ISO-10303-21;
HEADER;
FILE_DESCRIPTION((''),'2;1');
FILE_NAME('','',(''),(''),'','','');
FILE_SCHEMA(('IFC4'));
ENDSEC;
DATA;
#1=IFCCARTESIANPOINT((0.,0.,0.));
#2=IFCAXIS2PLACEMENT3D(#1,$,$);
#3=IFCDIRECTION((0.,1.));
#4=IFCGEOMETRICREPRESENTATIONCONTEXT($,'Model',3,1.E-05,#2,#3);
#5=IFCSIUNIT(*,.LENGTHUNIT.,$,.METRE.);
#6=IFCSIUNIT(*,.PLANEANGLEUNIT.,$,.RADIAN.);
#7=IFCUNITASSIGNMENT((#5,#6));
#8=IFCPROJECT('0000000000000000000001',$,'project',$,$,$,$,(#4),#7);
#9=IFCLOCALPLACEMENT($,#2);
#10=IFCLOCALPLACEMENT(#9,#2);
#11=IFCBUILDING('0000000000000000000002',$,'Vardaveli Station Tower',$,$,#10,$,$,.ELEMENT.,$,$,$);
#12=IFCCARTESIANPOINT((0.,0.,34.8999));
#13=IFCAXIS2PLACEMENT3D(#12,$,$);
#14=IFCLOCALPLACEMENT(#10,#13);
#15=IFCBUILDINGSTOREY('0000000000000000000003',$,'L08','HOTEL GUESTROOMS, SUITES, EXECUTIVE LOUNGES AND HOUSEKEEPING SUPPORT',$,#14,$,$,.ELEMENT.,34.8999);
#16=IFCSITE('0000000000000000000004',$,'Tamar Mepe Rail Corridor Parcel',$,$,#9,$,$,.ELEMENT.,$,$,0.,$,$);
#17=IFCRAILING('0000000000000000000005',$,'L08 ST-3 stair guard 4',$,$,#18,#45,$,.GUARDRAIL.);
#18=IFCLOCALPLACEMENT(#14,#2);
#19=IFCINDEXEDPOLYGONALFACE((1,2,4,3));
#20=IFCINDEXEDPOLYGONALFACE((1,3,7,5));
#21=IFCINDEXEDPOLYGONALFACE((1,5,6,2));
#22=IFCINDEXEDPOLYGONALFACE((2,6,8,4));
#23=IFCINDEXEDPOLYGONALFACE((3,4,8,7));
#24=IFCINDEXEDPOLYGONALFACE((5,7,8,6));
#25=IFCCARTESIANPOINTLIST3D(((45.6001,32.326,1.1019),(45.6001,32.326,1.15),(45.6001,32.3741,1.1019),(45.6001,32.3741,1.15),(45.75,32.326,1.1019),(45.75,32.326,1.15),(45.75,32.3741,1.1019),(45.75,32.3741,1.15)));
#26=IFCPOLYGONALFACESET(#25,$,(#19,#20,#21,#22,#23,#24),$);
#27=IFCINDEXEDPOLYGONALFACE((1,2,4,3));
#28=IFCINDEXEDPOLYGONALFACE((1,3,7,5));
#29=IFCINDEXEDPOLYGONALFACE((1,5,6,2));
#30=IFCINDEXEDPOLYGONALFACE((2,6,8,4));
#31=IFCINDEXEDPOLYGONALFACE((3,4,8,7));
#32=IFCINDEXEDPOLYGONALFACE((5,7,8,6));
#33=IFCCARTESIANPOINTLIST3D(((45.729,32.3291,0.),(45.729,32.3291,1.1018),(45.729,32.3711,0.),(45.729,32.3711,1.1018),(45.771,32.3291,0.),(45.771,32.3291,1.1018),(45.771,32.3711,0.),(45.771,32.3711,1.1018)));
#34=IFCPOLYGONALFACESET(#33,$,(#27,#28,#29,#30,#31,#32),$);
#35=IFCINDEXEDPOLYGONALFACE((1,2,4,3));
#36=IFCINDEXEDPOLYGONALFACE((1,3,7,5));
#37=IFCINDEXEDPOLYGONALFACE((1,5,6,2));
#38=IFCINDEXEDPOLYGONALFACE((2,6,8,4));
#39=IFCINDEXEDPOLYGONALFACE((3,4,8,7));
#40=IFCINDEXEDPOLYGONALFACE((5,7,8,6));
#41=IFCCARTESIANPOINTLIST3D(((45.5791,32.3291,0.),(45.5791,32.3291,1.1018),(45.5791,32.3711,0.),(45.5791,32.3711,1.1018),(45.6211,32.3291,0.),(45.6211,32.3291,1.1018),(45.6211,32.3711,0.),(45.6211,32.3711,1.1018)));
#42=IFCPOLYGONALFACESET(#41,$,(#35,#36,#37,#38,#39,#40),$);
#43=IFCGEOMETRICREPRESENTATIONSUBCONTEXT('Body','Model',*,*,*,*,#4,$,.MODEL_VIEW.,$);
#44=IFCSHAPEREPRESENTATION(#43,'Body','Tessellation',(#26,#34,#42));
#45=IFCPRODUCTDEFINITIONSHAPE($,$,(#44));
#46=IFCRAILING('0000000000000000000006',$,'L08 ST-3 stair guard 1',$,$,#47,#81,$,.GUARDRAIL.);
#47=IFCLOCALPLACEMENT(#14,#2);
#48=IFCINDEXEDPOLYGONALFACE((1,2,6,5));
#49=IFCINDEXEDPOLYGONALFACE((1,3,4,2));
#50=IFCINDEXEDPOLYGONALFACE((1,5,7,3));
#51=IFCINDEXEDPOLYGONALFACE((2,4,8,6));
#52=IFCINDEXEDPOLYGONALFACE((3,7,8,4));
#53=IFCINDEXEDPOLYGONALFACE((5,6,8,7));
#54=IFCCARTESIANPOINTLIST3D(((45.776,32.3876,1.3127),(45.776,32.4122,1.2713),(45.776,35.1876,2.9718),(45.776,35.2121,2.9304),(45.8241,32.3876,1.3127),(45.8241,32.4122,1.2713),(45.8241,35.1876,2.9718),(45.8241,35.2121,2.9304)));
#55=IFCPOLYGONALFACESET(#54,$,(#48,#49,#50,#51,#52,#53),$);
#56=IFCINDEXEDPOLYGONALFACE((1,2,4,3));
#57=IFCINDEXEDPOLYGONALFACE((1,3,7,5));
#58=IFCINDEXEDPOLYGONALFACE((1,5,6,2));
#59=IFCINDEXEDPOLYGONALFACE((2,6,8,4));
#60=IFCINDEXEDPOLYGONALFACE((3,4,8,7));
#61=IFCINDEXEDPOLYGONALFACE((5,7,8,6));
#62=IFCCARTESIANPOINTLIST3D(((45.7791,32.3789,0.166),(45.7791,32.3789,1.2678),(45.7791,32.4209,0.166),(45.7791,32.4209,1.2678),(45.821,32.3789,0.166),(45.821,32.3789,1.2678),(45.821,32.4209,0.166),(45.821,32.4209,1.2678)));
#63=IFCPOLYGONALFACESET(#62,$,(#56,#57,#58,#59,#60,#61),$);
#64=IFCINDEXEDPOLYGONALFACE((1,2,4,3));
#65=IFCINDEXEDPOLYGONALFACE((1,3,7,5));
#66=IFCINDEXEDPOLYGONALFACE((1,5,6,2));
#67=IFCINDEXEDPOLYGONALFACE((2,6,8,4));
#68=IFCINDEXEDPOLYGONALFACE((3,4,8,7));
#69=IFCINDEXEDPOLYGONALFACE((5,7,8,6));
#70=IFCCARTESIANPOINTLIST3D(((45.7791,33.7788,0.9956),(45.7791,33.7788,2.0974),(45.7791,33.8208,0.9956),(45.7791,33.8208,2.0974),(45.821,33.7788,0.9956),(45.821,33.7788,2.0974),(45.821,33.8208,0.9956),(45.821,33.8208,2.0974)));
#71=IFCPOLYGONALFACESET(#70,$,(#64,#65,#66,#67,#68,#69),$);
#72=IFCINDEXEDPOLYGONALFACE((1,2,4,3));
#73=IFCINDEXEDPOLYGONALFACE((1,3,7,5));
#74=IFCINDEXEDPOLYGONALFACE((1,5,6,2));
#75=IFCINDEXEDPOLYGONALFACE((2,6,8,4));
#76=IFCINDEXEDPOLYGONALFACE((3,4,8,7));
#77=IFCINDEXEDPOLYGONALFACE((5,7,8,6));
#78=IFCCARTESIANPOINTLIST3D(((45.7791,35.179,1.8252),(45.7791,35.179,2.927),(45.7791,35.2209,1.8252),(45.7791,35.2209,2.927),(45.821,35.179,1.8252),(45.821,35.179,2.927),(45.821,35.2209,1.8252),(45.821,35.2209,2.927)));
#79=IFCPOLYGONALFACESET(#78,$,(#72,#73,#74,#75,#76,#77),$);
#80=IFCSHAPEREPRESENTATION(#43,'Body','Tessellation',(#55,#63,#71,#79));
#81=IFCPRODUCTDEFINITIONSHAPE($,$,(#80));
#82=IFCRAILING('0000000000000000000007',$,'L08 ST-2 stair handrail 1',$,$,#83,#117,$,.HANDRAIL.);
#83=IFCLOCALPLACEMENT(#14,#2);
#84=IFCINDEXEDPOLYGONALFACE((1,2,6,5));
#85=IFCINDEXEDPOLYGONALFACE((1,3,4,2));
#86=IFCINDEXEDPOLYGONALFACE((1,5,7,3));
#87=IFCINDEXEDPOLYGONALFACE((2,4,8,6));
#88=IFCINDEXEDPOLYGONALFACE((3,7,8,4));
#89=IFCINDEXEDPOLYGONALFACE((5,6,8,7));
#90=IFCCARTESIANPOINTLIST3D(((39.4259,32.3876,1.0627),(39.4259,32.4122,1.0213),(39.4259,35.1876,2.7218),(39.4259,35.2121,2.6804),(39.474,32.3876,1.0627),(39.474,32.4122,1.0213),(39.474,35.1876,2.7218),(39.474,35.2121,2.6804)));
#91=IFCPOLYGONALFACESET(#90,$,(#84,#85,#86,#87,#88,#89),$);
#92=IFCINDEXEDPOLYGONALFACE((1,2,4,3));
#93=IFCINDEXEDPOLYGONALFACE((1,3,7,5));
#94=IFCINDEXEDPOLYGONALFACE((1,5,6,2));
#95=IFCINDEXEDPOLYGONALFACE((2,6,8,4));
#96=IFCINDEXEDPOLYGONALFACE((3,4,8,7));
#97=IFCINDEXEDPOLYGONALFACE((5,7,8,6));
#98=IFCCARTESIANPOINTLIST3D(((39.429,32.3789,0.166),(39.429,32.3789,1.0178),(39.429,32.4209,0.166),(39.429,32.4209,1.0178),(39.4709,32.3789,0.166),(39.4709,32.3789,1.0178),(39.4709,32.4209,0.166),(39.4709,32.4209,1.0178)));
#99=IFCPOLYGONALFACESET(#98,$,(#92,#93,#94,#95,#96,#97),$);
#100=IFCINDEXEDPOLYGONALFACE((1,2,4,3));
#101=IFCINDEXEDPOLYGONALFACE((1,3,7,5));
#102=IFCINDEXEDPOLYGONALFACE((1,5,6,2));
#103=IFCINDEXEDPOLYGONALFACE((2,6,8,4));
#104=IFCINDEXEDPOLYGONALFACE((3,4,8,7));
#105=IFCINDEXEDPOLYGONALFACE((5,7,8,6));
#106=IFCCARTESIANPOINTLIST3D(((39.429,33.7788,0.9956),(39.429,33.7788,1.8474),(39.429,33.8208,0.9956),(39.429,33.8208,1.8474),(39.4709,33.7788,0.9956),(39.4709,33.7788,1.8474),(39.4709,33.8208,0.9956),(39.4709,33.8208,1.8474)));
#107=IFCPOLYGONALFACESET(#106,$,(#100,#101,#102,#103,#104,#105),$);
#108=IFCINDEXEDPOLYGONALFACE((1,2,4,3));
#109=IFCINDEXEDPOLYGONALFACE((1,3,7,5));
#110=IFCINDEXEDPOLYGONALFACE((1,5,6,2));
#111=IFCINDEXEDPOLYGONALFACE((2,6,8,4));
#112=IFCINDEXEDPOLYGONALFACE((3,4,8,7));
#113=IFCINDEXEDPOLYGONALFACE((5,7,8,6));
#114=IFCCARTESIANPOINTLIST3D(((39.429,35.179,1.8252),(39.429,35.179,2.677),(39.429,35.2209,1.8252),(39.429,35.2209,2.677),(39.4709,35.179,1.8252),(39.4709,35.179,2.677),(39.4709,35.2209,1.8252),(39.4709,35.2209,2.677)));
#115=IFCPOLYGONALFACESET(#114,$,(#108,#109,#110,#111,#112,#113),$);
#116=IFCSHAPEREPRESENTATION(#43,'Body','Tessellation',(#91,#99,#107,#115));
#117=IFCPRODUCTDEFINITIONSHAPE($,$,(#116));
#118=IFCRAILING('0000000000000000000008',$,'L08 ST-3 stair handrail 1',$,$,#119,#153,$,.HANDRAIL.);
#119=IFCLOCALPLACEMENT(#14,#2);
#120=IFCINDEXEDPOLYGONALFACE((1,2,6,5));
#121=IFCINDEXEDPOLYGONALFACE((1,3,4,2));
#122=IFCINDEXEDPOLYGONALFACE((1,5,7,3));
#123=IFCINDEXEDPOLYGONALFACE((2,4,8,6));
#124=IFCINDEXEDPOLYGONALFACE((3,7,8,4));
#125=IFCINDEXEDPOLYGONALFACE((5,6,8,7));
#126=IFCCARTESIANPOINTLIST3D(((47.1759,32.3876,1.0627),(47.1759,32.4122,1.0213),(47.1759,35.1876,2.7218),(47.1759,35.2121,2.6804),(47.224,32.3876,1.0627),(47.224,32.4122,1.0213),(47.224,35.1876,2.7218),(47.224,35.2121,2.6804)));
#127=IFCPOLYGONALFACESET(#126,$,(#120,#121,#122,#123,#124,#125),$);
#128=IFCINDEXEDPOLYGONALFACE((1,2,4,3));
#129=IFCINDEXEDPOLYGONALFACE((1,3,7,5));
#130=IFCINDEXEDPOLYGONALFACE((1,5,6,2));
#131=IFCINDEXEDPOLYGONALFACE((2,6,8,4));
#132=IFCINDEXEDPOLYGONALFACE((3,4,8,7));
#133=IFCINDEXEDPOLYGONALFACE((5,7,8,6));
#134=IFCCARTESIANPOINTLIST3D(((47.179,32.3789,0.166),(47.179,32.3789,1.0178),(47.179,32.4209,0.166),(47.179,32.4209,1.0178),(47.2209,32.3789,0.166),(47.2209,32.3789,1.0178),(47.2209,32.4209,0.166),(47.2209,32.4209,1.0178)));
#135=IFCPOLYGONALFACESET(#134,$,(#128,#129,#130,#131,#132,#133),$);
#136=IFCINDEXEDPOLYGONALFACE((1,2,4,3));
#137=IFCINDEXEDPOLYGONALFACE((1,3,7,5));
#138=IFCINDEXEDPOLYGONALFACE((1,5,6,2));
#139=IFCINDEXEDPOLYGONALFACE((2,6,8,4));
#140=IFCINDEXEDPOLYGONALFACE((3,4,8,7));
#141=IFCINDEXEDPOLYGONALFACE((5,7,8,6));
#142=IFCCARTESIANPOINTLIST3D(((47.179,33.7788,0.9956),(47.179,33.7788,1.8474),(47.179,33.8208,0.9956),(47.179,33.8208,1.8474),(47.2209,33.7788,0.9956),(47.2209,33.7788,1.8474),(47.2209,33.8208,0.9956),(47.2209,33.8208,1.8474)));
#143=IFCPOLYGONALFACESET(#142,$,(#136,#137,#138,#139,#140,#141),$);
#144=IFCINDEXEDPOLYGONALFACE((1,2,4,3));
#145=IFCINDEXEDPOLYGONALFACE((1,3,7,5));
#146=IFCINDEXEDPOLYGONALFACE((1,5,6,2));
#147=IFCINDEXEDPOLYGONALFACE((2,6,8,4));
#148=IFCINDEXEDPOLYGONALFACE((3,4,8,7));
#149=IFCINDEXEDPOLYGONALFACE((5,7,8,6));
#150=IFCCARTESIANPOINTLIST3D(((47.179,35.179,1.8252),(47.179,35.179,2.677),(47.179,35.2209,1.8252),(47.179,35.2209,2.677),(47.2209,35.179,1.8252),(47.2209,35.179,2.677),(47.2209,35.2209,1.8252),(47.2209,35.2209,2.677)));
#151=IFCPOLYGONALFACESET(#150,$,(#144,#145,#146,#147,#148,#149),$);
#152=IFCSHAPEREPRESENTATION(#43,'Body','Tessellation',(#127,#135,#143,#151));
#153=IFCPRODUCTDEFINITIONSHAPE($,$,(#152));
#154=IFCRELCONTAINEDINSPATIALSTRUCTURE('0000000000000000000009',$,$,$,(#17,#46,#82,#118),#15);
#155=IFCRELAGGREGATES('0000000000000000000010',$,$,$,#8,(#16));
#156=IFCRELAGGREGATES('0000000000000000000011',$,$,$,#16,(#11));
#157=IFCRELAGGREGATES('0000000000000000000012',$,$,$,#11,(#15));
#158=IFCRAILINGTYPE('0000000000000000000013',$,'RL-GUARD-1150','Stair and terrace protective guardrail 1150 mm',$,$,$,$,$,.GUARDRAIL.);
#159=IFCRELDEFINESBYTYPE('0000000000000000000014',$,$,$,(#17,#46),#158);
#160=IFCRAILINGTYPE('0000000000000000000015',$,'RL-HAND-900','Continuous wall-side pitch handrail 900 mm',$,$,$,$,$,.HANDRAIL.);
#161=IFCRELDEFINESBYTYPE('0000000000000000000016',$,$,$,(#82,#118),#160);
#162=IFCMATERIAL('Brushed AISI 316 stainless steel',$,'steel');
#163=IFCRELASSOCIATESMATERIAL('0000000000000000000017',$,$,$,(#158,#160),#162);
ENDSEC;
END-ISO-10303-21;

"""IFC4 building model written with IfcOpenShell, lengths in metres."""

from ifc_helpers import new_model, si_unit, direction, frame, origin, origin_2d, place, context, subcontext, project, spatial, rectangle, extrude, source, transform, mapped, material, type_object, element, save


model = new_model("IFC4")

# Units and contexts
model_context = context("Model", 3, precision=1e-05, world=origin(), true_north=direction((0.0, 1.0)))
body_context = subcontext(model_context, "Body", "Model", "MODEL_VIEW")
ifc_project = project(units=[si_unit("LENGTHUNIT", "METRE"), si_unit("PLANEANGLEUNIT", "RADIAN")], contexts=[model_context])

# Site, building, storey
site_placement = place(None, origin())
site = spatial("IfcSite", under=ifc_project, at=site_placement, Name="Tamar Mepe Rail Corridor Parcel", CompositionType="ELEMENT", RefElevation=0.0)
building_placement = place(site_placement, origin())
building = spatial("IfcBuilding", under=site, at=building_placement, Name="Vardaveli Station Tower", CompositionType="ELEMENT")
storey_placement = place(building_placement, frame((0.0, 0.0, 34.8999)))
storey = spatial("IfcBuildingStorey", under=building, at=storey_placement, Name="L08", Description="HOTEL GUESTROOMS, SUITES, EXECUTIVE LOUNGES AND HOUSEKEEPING SUPPORT", CompositionType="ELEMENT", Elevation=34.8999)

# Railings
ifc_material_1 = material(Name="Brushed AISI 316 stainless steel", Category="steel")
railing_type_1 = type_object("IfcRailingType", Name="RL-GUARD-1150", Description="Stair and terrace protective guardrail 1150 mm", PredefinedType="GUARDRAIL", material=ifc_material_1)
shared_shape_1 = source(origin(), body_context, "Body", "SweptSolid", [
    extrude(rectangle(XDim=0.0481, YDim=0.0481, at=origin_2d()), frame((0.0, 0.0, 1.126), z_axis=(-1.0, 0.0, 0.0), x_axis=(0.0, -1.0, 0.0)), (0.0, 0.0, 1.0), 0.1499),
    extrude(rectangle(XDim=0.042, YDim=0.042, at=origin_2d()), origin(), (0.0, 0.0, 1.0), 1.1018),
    extrude(rectangle(XDim=0.042, YDim=0.042, at=origin_2d()), frame((-0.1499, 0.0, 0.0)), (0.0, 0.0, 1.0), 1.1018),
])
railing_1_placement = place(storey_placement, frame((45.75, 32.3501, 0.0)))
element("IfcRailing", 1, at=railing_1_placement, inside=storey, type_object=railing_type_1, Name="L08 ST-3 stair guard 4", PredefinedType="GUARDRAIL", context=body_context, shape_type="MappedRepresentation", body=[
    mapped(shared_shape_1, transform((0.0, 0.0, 0.0), scale=1.0)),
])
shared_shape_2 = source(origin(), body_context, "Body", "SweptSolid", [
    extrude(rectangle(XDim=0.0481, YDim=0.0481, at=origin_2d()), frame((0.0, 0.0, 1.126), z_axis=(0.0, 0.860306, 0.509778), x_axis=(-1.0, 0.0, 0.0)), (0.0, 0.0, 1.0), 3.2546),
    extrude(rectangle(XDim=0.042, YDim=0.042, at=origin_2d()), origin(), (0.0, 0.0, 1.0), 1.1018),
    extrude(rectangle(XDim=0.042, YDim=0.042, at=origin_2d()), frame((0.0, 1.3999, 0.8296)), (0.0, 0.0, 1.0), 1.1018),
    extrude(rectangle(XDim=0.042, YDim=0.042, at=origin_2d()), frame((0.0, 2.8, 1.6592)), (0.0, 0.0, 1.0), 1.1018),
])
railing_2_placement = place(storey_placement, frame((45.8, 32.3999, 0.166)))
element("IfcRailing", 2, at=railing_2_placement, inside=storey, type_object=railing_type_1, Name="L08 ST-3 stair guard 1", PredefinedType="GUARDRAIL", context=body_context, shape_type="MappedRepresentation", body=[
    mapped(shared_shape_2, transform((0.0, 0.0, 0.0), scale=1.0)),
])
railing_type_2 = type_object("IfcRailingType", Name="RL-HAND-900", Description="Continuous wall-side pitch handrail 900 mm", PredefinedType="HANDRAIL", material=ifc_material_1)
shared_shape_3 = source(origin(), body_context, "Body", "SweptSolid", [
    extrude(rectangle(XDim=0.0481, YDim=0.0481, at=origin_2d()), frame((0.0, 0.0, 0.876), z_axis=(0.0, 0.860306, 0.509778), x_axis=(-1.0, 0.0, 0.0)), (0.0, 0.0, 1.0), 3.2546),
    extrude(rectangle(XDim=0.042, YDim=0.042, at=origin_2d()), origin(), (0.0, 0.0, 1.0), 0.8518),
    extrude(rectangle(XDim=0.042, YDim=0.042, at=origin_2d()), frame((0.0, 1.3999, 0.8296)), (0.0, 0.0, 1.0), 0.8518),
    extrude(rectangle(XDim=0.042, YDim=0.042, at=origin_2d()), frame((0.0, 2.8, 1.6592)), (0.0, 0.0, 1.0), 0.8518),
])
for number, where, name in (
    (3, (39.45, 32.3999, 0.166), "L08 ST-2 stair handrail 1"),
    (4, (47.2, 32.3999, 0.166), "L08 ST-3 stair handrail 1"),
):
    element("IfcRailing", number, at=place(storey_placement, frame(where)), inside=storey, type_object=railing_type_2, Name=name, PredefinedType="HANDRAIL", context=body_context, shape_type="MappedRepresentation", body=[
        mapped(shared_shape_3, transform((0.0, 0.0, 0.0), scale=1.0)),
    ])

save(model, "model.ifc")
